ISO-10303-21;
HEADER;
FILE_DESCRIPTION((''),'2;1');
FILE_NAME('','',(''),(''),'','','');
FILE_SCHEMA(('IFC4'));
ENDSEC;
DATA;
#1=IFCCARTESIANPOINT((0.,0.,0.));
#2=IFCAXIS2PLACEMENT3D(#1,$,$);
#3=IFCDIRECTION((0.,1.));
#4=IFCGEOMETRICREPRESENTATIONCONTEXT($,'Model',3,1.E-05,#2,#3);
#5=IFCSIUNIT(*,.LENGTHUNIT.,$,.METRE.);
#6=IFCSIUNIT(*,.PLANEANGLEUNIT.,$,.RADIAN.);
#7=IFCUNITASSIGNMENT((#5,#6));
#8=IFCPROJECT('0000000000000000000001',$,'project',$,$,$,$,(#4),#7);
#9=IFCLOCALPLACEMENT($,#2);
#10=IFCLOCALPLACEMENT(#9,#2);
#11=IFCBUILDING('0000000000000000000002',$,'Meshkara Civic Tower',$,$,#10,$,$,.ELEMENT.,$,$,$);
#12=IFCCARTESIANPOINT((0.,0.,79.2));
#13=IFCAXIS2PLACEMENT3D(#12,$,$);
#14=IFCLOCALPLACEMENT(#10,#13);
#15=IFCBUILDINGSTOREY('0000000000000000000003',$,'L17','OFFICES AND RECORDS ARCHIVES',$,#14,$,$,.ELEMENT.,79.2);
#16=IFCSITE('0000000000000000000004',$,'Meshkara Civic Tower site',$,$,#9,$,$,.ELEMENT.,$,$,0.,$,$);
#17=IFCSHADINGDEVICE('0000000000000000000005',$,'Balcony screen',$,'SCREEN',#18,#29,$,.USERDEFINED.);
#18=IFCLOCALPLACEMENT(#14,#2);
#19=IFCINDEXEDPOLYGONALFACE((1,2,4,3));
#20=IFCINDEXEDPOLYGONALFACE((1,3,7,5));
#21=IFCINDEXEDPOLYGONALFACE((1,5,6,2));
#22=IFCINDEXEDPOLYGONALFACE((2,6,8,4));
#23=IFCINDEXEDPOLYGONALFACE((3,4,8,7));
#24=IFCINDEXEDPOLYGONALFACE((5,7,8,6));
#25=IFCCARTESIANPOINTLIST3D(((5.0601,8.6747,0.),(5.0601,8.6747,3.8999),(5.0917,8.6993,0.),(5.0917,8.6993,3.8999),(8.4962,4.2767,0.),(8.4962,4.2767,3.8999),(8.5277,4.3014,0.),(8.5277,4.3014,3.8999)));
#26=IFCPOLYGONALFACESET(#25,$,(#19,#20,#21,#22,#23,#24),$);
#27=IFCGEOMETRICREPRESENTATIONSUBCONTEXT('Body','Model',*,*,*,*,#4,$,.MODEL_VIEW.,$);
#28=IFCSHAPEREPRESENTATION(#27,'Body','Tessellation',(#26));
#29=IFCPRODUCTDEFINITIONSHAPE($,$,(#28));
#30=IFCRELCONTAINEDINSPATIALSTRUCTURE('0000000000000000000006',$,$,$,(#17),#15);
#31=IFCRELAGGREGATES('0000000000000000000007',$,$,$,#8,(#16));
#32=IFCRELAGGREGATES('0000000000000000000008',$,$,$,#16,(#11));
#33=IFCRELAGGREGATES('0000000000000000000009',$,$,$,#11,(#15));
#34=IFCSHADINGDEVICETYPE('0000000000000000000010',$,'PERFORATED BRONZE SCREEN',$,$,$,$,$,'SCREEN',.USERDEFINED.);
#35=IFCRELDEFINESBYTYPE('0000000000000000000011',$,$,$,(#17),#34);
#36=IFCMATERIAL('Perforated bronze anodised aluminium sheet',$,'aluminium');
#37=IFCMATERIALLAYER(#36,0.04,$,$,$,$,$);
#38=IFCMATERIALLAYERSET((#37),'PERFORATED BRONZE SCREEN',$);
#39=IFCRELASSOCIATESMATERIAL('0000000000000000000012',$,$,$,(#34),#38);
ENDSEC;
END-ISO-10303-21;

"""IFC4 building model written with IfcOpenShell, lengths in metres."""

from ifc_helpers import new_model, si_unit, direction, frame, origin, origin_2d, place, context, subcontext, project, spatial, rectangle, extrude, material, layer, layer_set, type_object, element, save


model = new_model("IFC4")

# Units and contexts
model_context = context("Model", 3, precision=1e-05, world=origin(), true_north=direction((0.0, 1.0)))
body_context = subcontext(model_context, "Body", "Model", "MODEL_VIEW")
ifc_project = project(units=[si_unit("LENGTHUNIT", "METRE"), si_unit("PLANEANGLEUNIT", "RADIAN")], contexts=[model_context])

# Site, building, storey
site_placement = place(None, origin())
site = spatial("IfcSite", under=ifc_project, at=site_placement, Name="Meshkara Civic Tower site", CompositionType="ELEMENT", RefElevation=0.0)
building_placement = place(site_placement, origin())
building = spatial("IfcBuilding", under=site, at=building_placement, Name="Meshkara Civic Tower", CompositionType="ELEMENT")
storey_placement = place(building_placement, frame((0.0, 0.0, 79.2)))
storey = spatial("IfcBuildingStorey", under=building, at=storey_placement, Name="L17", Description="OFFICES AND RECORDS ARCHIVES", CompositionType="ELEMENT", Elevation=79.2)

# Shading device
ifc_material_1 = material(Name="Perforated bronze anodised aluminium sheet", Category="aluminium")
ifc_layer_1 = layer(ifc_material_1, 0.04)
ifc_layer_set_1 = layer_set([ifc_layer_1], Name="PERFORATED BRONZE SCREEN")
shading_device_type = type_object("IfcShadingDeviceType", Name="PERFORATED BRONZE SCREEN", ElementType="SCREEN", PredefinedType="USERDEFINED", material=ifc_layer_set_1)
shading_device_placement = place(storey_placement, frame((6.7939, 6.488, 0.0), z_axis=(0.0, 0.0, 1.0), x_axis=(0.615661, -0.788011, 0.0)))
element("IfcShadingDevice", 1, at=shading_device_placement, inside=storey, type_object=shading_device_type, Name="Balcony screen", ObjectType="SCREEN", PredefinedType="USERDEFINED", context=body_context, shape_type="SweptSolid", body=[
    extrude(rectangle(XDim=5.5811, YDim=0.04, at=origin_2d()), origin(), (0.0, 0.0, 1.0), 3.8999),
])

save(model, "model.ifc")
